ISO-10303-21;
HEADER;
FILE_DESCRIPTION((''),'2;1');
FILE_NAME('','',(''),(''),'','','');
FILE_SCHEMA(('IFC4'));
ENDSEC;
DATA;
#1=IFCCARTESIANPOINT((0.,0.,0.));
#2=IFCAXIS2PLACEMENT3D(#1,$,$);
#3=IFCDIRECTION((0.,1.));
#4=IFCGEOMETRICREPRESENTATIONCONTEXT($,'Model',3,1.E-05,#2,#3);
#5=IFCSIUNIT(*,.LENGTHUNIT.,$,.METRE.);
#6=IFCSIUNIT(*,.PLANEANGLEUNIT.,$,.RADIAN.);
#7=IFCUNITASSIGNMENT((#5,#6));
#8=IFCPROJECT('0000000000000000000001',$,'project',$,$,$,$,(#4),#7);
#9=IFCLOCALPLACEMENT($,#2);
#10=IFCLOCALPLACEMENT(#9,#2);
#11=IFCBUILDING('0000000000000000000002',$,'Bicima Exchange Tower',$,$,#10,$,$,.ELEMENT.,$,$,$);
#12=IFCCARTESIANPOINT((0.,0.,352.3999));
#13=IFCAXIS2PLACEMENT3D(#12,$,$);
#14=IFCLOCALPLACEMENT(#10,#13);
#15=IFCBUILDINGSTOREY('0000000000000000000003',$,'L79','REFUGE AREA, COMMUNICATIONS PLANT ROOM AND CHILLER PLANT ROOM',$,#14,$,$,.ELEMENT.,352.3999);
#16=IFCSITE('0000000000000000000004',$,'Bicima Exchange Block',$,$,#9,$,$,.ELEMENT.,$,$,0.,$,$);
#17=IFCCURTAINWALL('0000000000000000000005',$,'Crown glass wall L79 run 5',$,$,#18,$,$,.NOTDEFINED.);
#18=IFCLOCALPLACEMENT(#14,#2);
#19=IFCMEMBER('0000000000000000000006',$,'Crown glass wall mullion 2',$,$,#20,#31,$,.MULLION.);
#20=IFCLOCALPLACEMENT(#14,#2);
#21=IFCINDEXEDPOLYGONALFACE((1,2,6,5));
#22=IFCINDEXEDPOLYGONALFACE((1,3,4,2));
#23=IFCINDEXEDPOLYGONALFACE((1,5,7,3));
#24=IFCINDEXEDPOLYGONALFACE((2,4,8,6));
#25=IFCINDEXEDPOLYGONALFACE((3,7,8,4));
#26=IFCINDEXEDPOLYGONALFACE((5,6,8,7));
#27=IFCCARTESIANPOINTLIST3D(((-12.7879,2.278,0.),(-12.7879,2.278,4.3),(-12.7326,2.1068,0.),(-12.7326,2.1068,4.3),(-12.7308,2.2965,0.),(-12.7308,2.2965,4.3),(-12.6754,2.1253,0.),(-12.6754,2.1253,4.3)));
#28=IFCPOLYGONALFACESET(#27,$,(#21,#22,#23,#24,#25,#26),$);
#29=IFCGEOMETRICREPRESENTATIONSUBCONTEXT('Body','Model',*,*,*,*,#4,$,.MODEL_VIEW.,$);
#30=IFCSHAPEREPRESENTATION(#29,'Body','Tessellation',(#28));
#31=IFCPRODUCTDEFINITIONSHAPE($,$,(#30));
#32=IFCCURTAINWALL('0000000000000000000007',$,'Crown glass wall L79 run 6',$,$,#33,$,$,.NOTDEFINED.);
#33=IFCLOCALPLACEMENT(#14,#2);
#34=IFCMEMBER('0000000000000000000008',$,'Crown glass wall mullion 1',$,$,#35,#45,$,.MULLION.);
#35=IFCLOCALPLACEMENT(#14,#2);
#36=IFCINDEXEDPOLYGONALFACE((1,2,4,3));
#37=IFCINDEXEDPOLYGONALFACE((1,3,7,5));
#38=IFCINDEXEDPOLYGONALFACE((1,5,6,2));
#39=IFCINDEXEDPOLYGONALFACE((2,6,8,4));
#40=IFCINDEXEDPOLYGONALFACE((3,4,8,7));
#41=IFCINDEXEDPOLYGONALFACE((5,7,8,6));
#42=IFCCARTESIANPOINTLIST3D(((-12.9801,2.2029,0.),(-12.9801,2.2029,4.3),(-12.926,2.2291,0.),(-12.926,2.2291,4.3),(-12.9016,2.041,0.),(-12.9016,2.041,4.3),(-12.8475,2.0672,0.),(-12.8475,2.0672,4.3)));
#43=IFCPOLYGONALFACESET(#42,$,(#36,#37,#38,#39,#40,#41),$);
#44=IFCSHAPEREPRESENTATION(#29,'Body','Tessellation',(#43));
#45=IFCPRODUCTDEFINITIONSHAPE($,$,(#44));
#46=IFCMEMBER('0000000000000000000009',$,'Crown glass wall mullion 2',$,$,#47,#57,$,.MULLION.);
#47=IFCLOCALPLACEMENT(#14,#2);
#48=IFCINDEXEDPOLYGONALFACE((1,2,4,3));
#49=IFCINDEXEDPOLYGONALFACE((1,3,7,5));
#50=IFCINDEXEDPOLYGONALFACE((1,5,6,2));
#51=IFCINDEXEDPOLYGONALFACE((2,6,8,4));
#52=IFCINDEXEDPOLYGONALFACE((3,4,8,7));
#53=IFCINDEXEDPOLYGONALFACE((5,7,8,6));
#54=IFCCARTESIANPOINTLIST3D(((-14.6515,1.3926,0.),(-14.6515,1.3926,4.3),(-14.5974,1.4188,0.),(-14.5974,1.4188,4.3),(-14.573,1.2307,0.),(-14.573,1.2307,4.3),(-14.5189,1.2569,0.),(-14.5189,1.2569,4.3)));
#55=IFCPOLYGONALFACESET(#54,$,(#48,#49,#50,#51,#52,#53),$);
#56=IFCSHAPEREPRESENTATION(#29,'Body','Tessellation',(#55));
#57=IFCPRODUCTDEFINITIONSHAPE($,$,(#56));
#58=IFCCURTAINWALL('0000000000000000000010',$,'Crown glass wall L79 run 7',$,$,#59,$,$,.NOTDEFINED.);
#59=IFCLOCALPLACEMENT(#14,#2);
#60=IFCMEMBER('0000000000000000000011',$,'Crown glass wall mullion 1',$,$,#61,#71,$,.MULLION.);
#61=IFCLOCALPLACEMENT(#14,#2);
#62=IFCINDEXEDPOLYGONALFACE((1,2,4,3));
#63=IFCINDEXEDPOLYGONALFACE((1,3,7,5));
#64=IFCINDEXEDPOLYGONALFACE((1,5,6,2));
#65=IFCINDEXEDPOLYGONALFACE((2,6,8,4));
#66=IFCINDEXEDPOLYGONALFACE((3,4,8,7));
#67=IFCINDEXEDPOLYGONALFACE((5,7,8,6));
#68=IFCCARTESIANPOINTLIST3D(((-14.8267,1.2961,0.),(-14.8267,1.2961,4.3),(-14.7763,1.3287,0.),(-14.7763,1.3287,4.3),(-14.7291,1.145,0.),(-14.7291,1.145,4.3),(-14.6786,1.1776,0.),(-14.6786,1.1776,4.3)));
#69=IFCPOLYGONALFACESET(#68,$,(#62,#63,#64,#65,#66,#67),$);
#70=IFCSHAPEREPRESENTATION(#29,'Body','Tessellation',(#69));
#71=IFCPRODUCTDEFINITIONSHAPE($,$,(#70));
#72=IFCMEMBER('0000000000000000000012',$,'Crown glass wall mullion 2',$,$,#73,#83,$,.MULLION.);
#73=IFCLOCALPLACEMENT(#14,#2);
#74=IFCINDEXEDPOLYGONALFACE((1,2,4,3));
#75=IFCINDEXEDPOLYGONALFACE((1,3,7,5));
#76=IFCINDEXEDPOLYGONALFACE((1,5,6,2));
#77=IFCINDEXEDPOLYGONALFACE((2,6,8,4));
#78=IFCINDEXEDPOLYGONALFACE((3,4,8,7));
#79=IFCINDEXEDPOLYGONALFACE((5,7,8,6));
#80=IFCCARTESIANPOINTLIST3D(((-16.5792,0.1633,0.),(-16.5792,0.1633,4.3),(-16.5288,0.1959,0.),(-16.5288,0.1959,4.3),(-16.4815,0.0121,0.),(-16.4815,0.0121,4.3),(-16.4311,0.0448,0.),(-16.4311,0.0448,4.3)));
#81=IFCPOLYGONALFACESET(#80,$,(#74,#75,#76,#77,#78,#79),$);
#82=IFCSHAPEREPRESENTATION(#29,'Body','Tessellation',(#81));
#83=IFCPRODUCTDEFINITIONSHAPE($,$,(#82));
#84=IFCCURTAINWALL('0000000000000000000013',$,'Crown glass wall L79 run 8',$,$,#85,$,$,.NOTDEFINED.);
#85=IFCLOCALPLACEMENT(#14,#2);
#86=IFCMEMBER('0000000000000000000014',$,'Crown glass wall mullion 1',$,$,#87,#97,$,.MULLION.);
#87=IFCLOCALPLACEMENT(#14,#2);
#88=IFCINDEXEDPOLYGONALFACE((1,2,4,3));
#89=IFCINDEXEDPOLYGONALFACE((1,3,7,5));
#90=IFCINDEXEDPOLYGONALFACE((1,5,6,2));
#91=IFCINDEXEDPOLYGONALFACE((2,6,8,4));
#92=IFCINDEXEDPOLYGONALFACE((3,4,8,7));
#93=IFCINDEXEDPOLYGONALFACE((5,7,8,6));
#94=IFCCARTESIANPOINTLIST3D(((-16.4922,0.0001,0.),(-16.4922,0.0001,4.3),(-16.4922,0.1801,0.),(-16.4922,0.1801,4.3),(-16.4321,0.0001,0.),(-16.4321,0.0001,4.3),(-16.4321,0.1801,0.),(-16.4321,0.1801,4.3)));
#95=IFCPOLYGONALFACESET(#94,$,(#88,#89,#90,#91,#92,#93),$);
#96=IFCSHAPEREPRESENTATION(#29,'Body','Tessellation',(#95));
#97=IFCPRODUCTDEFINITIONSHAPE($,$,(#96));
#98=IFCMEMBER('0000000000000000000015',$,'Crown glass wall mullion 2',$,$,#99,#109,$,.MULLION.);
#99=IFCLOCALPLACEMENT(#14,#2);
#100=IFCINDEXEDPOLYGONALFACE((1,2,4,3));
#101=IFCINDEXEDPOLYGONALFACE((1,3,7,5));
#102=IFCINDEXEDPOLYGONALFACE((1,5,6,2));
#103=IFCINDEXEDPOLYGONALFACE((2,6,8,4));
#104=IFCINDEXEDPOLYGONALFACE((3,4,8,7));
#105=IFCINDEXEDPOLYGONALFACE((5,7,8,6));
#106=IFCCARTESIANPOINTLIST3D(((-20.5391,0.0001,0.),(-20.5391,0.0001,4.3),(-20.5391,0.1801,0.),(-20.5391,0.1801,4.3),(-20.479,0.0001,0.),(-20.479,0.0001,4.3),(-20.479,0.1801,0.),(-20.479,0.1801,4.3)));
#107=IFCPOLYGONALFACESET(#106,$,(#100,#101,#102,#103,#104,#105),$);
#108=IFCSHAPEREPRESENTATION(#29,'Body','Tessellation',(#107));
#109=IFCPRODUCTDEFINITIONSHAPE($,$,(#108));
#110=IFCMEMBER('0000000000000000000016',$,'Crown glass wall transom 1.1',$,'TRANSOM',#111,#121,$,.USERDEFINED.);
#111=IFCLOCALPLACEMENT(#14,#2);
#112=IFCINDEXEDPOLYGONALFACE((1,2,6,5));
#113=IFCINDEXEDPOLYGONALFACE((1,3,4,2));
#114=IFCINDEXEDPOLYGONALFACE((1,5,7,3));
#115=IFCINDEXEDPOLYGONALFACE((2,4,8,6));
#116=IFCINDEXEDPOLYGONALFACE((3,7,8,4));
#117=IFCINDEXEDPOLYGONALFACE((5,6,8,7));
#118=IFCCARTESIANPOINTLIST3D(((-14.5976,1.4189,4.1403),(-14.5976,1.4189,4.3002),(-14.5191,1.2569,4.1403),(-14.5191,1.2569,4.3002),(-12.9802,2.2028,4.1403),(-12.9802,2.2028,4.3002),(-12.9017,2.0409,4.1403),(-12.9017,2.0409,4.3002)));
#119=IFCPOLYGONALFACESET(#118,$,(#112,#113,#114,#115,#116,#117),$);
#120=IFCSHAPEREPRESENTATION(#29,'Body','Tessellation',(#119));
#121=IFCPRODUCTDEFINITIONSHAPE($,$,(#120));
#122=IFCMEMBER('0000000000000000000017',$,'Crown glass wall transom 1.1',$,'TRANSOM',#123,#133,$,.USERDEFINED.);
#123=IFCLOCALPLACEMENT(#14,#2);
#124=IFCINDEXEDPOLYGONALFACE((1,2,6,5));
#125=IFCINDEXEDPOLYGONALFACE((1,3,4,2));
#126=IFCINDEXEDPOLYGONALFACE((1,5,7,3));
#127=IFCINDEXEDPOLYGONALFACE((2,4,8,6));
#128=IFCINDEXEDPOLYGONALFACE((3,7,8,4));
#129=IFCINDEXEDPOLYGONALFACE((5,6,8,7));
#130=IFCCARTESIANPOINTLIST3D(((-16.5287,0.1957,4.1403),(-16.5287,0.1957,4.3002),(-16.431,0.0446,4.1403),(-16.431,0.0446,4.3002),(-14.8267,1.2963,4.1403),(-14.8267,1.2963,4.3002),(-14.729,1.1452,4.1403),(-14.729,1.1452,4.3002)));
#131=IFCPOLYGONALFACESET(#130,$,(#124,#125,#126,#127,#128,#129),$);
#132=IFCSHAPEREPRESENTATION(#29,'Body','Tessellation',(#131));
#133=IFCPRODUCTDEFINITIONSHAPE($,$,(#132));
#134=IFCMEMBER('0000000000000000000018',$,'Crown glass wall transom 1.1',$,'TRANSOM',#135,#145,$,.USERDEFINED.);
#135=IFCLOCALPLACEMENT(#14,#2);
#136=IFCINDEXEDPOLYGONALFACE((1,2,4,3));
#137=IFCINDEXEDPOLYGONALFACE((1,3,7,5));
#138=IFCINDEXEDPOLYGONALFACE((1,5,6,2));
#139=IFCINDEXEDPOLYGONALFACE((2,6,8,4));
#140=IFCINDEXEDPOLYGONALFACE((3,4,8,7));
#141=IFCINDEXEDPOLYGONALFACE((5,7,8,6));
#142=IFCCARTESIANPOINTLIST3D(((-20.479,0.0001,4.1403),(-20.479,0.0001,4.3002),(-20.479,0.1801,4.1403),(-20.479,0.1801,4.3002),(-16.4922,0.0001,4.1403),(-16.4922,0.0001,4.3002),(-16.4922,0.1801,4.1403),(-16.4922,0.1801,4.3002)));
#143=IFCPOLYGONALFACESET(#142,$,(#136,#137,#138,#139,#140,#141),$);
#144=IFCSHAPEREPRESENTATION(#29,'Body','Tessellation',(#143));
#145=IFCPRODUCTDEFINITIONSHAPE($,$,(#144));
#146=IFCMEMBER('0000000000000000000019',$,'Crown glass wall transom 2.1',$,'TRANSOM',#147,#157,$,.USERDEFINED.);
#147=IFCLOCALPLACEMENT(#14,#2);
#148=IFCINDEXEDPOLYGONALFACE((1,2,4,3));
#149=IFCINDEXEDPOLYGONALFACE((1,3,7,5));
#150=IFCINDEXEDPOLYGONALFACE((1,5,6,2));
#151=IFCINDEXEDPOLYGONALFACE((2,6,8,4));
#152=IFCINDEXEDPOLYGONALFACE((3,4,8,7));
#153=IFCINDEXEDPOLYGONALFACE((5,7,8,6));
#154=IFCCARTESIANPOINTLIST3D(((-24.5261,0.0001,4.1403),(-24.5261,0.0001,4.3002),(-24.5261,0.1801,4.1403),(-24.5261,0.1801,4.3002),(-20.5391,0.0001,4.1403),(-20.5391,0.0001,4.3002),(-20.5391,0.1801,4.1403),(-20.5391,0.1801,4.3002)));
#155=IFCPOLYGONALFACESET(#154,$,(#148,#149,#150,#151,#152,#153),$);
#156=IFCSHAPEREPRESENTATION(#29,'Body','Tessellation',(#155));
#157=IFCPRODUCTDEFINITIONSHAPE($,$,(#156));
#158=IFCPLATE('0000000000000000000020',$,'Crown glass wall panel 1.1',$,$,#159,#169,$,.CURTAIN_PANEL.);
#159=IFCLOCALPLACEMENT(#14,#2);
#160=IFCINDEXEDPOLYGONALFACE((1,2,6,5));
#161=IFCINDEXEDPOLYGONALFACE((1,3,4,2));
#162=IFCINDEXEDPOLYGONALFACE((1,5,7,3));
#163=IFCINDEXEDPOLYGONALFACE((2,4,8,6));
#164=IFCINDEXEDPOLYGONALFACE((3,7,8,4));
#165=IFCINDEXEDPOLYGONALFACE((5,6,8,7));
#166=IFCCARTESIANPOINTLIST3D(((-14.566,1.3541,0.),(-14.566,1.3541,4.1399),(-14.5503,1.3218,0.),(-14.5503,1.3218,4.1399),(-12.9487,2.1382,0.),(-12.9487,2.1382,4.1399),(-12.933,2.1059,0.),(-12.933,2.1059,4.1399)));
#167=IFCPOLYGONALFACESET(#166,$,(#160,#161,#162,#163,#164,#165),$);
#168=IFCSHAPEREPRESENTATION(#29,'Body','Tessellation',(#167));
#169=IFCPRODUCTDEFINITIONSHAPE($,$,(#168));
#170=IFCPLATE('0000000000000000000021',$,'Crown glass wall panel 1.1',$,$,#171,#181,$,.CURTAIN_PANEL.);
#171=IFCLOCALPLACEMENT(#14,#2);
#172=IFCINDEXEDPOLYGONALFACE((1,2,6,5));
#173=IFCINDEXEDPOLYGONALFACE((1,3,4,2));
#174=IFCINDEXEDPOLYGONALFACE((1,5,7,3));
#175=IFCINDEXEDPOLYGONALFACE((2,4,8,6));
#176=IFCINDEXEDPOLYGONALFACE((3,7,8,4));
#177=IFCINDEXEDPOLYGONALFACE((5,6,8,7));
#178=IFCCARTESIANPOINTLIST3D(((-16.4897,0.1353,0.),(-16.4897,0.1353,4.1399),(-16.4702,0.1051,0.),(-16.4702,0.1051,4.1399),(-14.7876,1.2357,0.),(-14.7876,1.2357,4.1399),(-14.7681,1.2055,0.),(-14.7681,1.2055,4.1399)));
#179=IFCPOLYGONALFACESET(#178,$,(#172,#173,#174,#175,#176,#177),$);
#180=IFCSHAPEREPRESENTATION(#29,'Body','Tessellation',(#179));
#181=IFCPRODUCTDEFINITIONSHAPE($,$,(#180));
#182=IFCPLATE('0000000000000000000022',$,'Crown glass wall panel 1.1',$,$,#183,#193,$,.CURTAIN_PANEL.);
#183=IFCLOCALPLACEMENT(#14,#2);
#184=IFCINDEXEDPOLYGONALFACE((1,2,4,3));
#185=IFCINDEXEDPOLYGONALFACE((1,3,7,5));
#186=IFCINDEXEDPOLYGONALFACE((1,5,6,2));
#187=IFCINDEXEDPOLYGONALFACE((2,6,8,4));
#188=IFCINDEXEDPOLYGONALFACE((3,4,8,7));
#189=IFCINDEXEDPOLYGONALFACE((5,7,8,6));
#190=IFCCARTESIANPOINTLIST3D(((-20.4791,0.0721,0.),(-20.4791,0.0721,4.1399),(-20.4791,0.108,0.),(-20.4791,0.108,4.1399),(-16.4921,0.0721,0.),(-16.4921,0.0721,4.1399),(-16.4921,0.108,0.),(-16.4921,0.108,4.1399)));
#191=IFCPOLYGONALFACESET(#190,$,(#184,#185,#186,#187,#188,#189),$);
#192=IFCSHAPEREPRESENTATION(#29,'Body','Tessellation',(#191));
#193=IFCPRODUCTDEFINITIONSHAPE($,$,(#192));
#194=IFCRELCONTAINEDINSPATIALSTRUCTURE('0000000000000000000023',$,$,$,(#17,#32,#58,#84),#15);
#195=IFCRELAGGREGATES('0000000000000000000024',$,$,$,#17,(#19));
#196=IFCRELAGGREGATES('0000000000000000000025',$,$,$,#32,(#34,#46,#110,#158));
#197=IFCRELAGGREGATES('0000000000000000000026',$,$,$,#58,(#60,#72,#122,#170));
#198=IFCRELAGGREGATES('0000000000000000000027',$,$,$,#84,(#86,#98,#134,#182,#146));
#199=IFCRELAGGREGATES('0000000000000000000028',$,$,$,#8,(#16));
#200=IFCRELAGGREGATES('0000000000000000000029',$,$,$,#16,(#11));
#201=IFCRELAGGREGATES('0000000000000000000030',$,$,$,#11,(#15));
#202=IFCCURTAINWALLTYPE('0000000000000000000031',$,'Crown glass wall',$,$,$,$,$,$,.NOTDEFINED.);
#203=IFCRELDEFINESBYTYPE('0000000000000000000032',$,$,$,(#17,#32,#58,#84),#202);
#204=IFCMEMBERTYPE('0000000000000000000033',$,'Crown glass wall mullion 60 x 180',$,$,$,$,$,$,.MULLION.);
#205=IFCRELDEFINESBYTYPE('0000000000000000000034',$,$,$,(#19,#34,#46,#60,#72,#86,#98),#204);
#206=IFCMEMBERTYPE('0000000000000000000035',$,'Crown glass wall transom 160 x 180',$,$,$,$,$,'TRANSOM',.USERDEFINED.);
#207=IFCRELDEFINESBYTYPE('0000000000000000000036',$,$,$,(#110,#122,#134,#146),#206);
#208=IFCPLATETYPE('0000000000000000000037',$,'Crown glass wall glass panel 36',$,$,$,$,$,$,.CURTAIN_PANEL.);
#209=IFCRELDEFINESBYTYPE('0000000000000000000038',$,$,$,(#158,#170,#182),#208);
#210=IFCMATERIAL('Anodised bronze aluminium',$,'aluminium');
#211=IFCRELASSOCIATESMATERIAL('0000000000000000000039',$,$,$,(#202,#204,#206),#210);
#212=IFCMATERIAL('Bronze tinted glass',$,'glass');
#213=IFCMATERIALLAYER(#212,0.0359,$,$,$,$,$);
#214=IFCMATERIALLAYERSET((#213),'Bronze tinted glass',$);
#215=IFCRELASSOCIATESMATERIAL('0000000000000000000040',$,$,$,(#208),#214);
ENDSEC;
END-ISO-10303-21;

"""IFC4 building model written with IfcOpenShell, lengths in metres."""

from ifc_helpers import new_model, si_unit, direction, frame, origin, origin_2d, place, context, subcontext, project, spatial, rectangle, extrude, material, layer, layer_set, material_profile, profile_set, type_object, element, aggregate, save


model = new_model("IFC4")

# Units and contexts
model_context = context("Model", 3, precision=1e-05, world=origin(), true_north=direction((0.0, 1.0)))
body_context = subcontext(model_context, "Body", "Model", "MODEL_VIEW")
ifc_project = project(units=[si_unit("LENGTHUNIT", "METRE"), si_unit("PLANEANGLEUNIT", "RADIAN")], contexts=[model_context])

# Site, building, storey
site_placement = place(None, origin())
site = spatial("IfcSite", under=ifc_project, at=site_placement, Name="Bicima Exchange Block", CompositionType="ELEMENT", RefElevation=0.0)
building_placement = place(site_placement, origin())
building = spatial("IfcBuilding", under=site, at=building_placement, Name="Bicima Exchange Tower", CompositionType="ELEMENT")
storey_placement = place(building_placement, frame((0.0, 0.0, 352.3999)))
storey = spatial("IfcBuildingStorey", under=building, at=storey_placement, Name="L79", Description="REFUGE AREA, COMMUNICATIONS PLANT ROOM AND CHILLER PLANT ROOM", CompositionType="ELEMENT", Elevation=352.3999)

# Curtain wall, member
ifc_material_1 = material(Name="Anodised bronze aluminium", Category="aluminium")
curtain_wall_type = type_object("IfcCurtainWallType", Name="Crown glass wall", PredefinedType="NOTDEFINED", material=ifc_material_1)
curtain_wall_1_placement = place(storey_placement, origin())
curtain_wall_1 = element("IfcCurtainWall", 1, at=curtain_wall_1_placement, inside=storey, type_object=curtain_wall_type, Name="Crown glass wall L79 run 5", PredefinedType="NOTDEFINED")
ifc_material_profile_1 = material_profile(ifc_material_1, rectangle(XDim=0.1799, YDim=0.0601, at=origin_2d()))
ifc_profile_set_1 = profile_set([ifc_material_profile_1], Name="Anodised bronze aluminium")
member_type_1 = type_object("IfcMemberType", Name="Crown glass wall mullion 60 x 180", PredefinedType="MULLION", material=ifc_profile_set_1)
member_1_placement = place(storey_placement, frame((-12.7317, 2.2017, 0.0), z_axis=(0.0, 0.0, 1.0), x_axis=(0.307573, -0.951525, 0.0)))
member_1 = element("IfcMember", 2, at=member_1_placement, type_object=member_type_1, Name="Crown glass wall mullion 2", PredefinedType="MULLION", context=body_context, shape_type="SweptSolid", body=[
    extrude(rectangle(XDim=0.1799, YDim=0.0601, at=origin_2d()), origin(), (0.0, 0.0, 1.0), 4.3),
])
aggregate(curtain_wall_1, [member_1])

# Curtain walls, members
curtain_wall_2_placement = place(storey_placement, origin())
curtain_wall_2 = element("IfcCurtainWall", 3, at=curtain_wall_2_placement, inside=storey, type_object=curtain_wall_type, Name="Crown glass wall L79 run 6", PredefinedType="NOTDEFINED")
member_2_placement = place(storey_placement, frame((-12.9138, 2.135, 0.0), z_axis=(0.0, 0.0, 1.0), x_axis=(0.436265, -0.899818, 0.0)))
member_2 = element("IfcMember", 4, at=member_2_placement, type_object=member_type_1, Name="Crown glass wall mullion 1", PredefinedType="MULLION", context=body_context, shape_type="SweptSolid", body=[
    extrude(rectangle(XDim=0.1799, YDim=0.0601, at=origin_2d()), origin(), (0.0, 0.0, 1.0), 4.3),
])
member_3_placement = place(storey_placement, frame((-14.5852, 1.3247, 0.0), z_axis=(0.0, 0.0, 1.0), x_axis=(0.436265, -0.899818, 0.0)))
member_3 = element("IfcMember", 5, at=member_3_placement, type_object=member_type_1, Name="Crown glass wall mullion 2", PredefinedType="MULLION", context=body_context, shape_type="SweptSolid", body=[
    extrude(rectangle(XDim=0.1799, YDim=0.0601, at=origin_2d()), origin(), (0.0, 0.0, 1.0), 4.3),
])
curtain_wall_3_placement = place(storey_placement, origin())
curtain_wall_3 = element("IfcCurtainWall", 6, at=curtain_wall_3_placement, inside=storey, type_object=curtain_wall_type, Name="Crown glass wall L79 run 7", PredefinedType="NOTDEFINED")
member_4_placement = place(storey_placement, frame((-14.7527, 1.2368, 0.0), z_axis=(0.0, 0.0, 1.0), x_axis=(0.542911, -0.83979, 0.0)))
member_4 = element("IfcMember", 7, at=member_4_placement, type_object=member_type_1, Name="Crown glass wall mullion 1", PredefinedType="MULLION", context=body_context, shape_type="SweptSolid", body=[
    extrude(rectangle(XDim=0.1799, YDim=0.0601, at=origin_2d()), origin(), (0.0, 0.0, 1.0), 4.3),
])
member_5_placement = place(storey_placement, frame((-16.5051, 0.104, 0.0), z_axis=(0.0, 0.0, 1.0), x_axis=(0.542911, -0.83979, 0.0)))
member_5 = element("IfcMember", 8, at=member_5_placement, type_object=member_type_1, Name="Crown glass wall mullion 2", PredefinedType="MULLION", context=body_context, shape_type="SweptSolid", body=[
    extrude(rectangle(XDim=0.1799, YDim=0.0601, at=origin_2d()), origin(), (0.0, 0.0, 1.0), 4.3),
])
curtain_wall_4_placement = place(storey_placement, origin())
curtain_wall_4 = element("IfcCurtainWall", 9, at=curtain_wall_4_placement, inside=storey, type_object=curtain_wall_type, Name="Crown glass wall L79 run 8", PredefinedType="NOTDEFINED")
member_6_placement = place(storey_placement, frame((-16.4622, 0.0901, 0.0), z_axis=(0.0, 0.0, 1.0), x_axis=(0.0, -1.0, 0.0)))
member_6 = element("IfcMember", 10, at=member_6_placement, type_object=member_type_1, Name="Crown glass wall mullion 1", PredefinedType="MULLION", context=body_context, shape_type="SweptSolid", body=[
    extrude(rectangle(XDim=0.1799, YDim=0.0601, at=origin_2d()), origin(), (0.0, 0.0, 1.0), 4.3),
])
member_7_placement = place(storey_placement, frame((-20.509, 0.0901, 0.0), z_axis=(0.0, 0.0, 1.0), x_axis=(0.0, -1.0, 0.0)))
member_7 = element("IfcMember", 11, at=member_7_placement, type_object=member_type_1, Name="Crown glass wall mullion 2", PredefinedType="MULLION", context=body_context, shape_type="SweptSolid", body=[
    extrude(rectangle(XDim=0.1799, YDim=0.0601, at=origin_2d()), origin(), (0.0, 0.0, 1.0), 4.3),
])

# Members
ifc_material_profile_2 = material_profile(ifc_material_1, rectangle(XDim=0.1799, YDim=0.1599, at=origin_2d()))
ifc_profile_set_2 = profile_set([ifc_material_profile_2], Name="Anodised bronze aluminium")
member_type_2 = type_object("IfcMemberType", Name="Crown glass wall transom 160 x 180", ElementType="TRANSOM", PredefinedType="USERDEFINED", material=ifc_profile_set_2)
member_8_placement = place(storey_placement, frame((-12.9409, 2.1218, 4.2202), z_axis=(-0.899874, -0.43615, 0.0), x_axis=(0.43615, -0.899874, 0.0)))
member_8 = element("IfcMember", 12, at=member_8_placement, type_object=member_type_2, Name="Crown glass wall transom 1.1", ObjectType="TRANSOM", PredefinedType="USERDEFINED", context=body_context, shape_type="SweptSolid", body=[
    extrude(rectangle(XDim=0.1799, YDim=0.1599, at=origin_2d()), origin(), (0.0, 0.0, 1.0), 1.7974),
])
member_9_placement = place(storey_placement, frame((-14.7778, 1.2207, 4.2202), z_axis=(-0.839751, -0.542972, 0.0), x_axis=(0.542972, -0.839751, 0.0)))
member_9 = element("IfcMember", 13, at=member_9_placement, type_object=member_type_2, Name="Crown glass wall transom 1.1", ObjectType="TRANSOM", PredefinedType="USERDEFINED", context=body_context, shape_type="SweptSolid", body=[
    extrude(rectangle(XDim=0.1799, YDim=0.1599, at=origin_2d()), origin(), (0.0, 0.0, 1.0), 2.0269),
])
member_10_placement = place(storey_placement, frame((-16.4922, 0.0901, 4.2202), z_axis=(-1.0, 0.0, 0.0), x_axis=(0.0, -1.0, 0.0)))
member_10 = element("IfcMember", 14, at=member_10_placement, type_object=member_type_2, Name="Crown glass wall transom 1.1", ObjectType="TRANSOM", PredefinedType="USERDEFINED", context=body_context, shape_type="SweptSolid", body=[
    extrude(rectangle(XDim=0.1799, YDim=0.1599, at=origin_2d()), origin(), (0.0, 0.0, 1.0), 3.9868),
])
member_11_placement = place(storey_placement, frame((-20.5391, 0.0901, 4.2202), z_axis=(-1.0, 0.0, 0.0), x_axis=(0.0, -1.0, 0.0)))
member_11 = element("IfcMember", 15, at=member_11_placement, type_object=member_type_2, Name="Crown glass wall transom 2.1", ObjectType="TRANSOM", PredefinedType="USERDEFINED", context=body_context, shape_type="SweptSolid", body=[
    extrude(rectangle(XDim=0.1799, YDim=0.1599, at=origin_2d()), origin(), (0.0, 0.0, 1.0), 3.9871),
])

# Plates
ifc_material_2 = material(Name="Bronze tinted glass", Category="glass")
ifc_layer_1 = layer(ifc_material_2, 0.0359)
ifc_layer_set_1 = layer_set([ifc_layer_1], Name="Bronze tinted glass")
plate_type = type_object("IfcPlateType", Name="Crown glass wall glass panel 36", PredefinedType="CURTAIN_PANEL", material=ifc_layer_set_1)
plate_1_placement = place(storey_placement, frame((-13.7495, 1.73, 0.0), z_axis=(0.0, 0.0, 1.0), x_axis=(-0.899818, -0.436265, 0.0)))
plate_1 = element("IfcPlate", 16, at=plate_1_placement, type_object=plate_type, Name="Crown glass wall panel 1.1", PredefinedType="CURTAIN_PANEL", context=body_context, shape_type="SweptSolid", body=[
    extrude(rectangle(XDim=1.7974, YDim=0.0359, at=origin_2d()), origin(), (0.0, 0.0, 1.0), 4.1399),
])
aggregate(curtain_wall_2, [member_2, member_3, member_8, plate_1])
plate_2_placement = place(storey_placement, frame((-15.6289, 0.6704, 0.0), z_axis=(0.0, 0.0, 1.0), x_axis=(-0.83979, -0.542911, 0.0)))
plate_2 = element("IfcPlate", 17, at=plate_2_placement, type_object=plate_type, Name="Crown glass wall panel 1.1", PredefinedType="CURTAIN_PANEL", context=body_context, shape_type="SweptSolid", body=[
    extrude(rectangle(XDim=2.0269, YDim=0.0359, at=origin_2d()), origin(), (0.0, 0.0, 1.0), 4.1399),
])
aggregate(curtain_wall_3, [member_4, member_5, member_9, plate_2])
plate_3_placement = place(storey_placement, frame((-18.4856, 0.0901, 0.0), z_axis=(0.0, 0.0, 1.0), x_axis=(-1.0, 0.0, 0.0)))
plate_3 = element("IfcPlate", 18, at=plate_3_placement, type_object=plate_type, Name="Crown glass wall panel 1.1", PredefinedType="CURTAIN_PANEL", context=body_context, shape_type="SweptSolid", body=[
    extrude(rectangle(XDim=3.9871, YDim=0.0359, at=origin_2d()), origin(), (0.0, 0.0, 1.0), 4.1399),
])
aggregate(curtain_wall_4, [member_6, member_7, member_10, plate_3, member_11])

save(model, "model.ifc")
